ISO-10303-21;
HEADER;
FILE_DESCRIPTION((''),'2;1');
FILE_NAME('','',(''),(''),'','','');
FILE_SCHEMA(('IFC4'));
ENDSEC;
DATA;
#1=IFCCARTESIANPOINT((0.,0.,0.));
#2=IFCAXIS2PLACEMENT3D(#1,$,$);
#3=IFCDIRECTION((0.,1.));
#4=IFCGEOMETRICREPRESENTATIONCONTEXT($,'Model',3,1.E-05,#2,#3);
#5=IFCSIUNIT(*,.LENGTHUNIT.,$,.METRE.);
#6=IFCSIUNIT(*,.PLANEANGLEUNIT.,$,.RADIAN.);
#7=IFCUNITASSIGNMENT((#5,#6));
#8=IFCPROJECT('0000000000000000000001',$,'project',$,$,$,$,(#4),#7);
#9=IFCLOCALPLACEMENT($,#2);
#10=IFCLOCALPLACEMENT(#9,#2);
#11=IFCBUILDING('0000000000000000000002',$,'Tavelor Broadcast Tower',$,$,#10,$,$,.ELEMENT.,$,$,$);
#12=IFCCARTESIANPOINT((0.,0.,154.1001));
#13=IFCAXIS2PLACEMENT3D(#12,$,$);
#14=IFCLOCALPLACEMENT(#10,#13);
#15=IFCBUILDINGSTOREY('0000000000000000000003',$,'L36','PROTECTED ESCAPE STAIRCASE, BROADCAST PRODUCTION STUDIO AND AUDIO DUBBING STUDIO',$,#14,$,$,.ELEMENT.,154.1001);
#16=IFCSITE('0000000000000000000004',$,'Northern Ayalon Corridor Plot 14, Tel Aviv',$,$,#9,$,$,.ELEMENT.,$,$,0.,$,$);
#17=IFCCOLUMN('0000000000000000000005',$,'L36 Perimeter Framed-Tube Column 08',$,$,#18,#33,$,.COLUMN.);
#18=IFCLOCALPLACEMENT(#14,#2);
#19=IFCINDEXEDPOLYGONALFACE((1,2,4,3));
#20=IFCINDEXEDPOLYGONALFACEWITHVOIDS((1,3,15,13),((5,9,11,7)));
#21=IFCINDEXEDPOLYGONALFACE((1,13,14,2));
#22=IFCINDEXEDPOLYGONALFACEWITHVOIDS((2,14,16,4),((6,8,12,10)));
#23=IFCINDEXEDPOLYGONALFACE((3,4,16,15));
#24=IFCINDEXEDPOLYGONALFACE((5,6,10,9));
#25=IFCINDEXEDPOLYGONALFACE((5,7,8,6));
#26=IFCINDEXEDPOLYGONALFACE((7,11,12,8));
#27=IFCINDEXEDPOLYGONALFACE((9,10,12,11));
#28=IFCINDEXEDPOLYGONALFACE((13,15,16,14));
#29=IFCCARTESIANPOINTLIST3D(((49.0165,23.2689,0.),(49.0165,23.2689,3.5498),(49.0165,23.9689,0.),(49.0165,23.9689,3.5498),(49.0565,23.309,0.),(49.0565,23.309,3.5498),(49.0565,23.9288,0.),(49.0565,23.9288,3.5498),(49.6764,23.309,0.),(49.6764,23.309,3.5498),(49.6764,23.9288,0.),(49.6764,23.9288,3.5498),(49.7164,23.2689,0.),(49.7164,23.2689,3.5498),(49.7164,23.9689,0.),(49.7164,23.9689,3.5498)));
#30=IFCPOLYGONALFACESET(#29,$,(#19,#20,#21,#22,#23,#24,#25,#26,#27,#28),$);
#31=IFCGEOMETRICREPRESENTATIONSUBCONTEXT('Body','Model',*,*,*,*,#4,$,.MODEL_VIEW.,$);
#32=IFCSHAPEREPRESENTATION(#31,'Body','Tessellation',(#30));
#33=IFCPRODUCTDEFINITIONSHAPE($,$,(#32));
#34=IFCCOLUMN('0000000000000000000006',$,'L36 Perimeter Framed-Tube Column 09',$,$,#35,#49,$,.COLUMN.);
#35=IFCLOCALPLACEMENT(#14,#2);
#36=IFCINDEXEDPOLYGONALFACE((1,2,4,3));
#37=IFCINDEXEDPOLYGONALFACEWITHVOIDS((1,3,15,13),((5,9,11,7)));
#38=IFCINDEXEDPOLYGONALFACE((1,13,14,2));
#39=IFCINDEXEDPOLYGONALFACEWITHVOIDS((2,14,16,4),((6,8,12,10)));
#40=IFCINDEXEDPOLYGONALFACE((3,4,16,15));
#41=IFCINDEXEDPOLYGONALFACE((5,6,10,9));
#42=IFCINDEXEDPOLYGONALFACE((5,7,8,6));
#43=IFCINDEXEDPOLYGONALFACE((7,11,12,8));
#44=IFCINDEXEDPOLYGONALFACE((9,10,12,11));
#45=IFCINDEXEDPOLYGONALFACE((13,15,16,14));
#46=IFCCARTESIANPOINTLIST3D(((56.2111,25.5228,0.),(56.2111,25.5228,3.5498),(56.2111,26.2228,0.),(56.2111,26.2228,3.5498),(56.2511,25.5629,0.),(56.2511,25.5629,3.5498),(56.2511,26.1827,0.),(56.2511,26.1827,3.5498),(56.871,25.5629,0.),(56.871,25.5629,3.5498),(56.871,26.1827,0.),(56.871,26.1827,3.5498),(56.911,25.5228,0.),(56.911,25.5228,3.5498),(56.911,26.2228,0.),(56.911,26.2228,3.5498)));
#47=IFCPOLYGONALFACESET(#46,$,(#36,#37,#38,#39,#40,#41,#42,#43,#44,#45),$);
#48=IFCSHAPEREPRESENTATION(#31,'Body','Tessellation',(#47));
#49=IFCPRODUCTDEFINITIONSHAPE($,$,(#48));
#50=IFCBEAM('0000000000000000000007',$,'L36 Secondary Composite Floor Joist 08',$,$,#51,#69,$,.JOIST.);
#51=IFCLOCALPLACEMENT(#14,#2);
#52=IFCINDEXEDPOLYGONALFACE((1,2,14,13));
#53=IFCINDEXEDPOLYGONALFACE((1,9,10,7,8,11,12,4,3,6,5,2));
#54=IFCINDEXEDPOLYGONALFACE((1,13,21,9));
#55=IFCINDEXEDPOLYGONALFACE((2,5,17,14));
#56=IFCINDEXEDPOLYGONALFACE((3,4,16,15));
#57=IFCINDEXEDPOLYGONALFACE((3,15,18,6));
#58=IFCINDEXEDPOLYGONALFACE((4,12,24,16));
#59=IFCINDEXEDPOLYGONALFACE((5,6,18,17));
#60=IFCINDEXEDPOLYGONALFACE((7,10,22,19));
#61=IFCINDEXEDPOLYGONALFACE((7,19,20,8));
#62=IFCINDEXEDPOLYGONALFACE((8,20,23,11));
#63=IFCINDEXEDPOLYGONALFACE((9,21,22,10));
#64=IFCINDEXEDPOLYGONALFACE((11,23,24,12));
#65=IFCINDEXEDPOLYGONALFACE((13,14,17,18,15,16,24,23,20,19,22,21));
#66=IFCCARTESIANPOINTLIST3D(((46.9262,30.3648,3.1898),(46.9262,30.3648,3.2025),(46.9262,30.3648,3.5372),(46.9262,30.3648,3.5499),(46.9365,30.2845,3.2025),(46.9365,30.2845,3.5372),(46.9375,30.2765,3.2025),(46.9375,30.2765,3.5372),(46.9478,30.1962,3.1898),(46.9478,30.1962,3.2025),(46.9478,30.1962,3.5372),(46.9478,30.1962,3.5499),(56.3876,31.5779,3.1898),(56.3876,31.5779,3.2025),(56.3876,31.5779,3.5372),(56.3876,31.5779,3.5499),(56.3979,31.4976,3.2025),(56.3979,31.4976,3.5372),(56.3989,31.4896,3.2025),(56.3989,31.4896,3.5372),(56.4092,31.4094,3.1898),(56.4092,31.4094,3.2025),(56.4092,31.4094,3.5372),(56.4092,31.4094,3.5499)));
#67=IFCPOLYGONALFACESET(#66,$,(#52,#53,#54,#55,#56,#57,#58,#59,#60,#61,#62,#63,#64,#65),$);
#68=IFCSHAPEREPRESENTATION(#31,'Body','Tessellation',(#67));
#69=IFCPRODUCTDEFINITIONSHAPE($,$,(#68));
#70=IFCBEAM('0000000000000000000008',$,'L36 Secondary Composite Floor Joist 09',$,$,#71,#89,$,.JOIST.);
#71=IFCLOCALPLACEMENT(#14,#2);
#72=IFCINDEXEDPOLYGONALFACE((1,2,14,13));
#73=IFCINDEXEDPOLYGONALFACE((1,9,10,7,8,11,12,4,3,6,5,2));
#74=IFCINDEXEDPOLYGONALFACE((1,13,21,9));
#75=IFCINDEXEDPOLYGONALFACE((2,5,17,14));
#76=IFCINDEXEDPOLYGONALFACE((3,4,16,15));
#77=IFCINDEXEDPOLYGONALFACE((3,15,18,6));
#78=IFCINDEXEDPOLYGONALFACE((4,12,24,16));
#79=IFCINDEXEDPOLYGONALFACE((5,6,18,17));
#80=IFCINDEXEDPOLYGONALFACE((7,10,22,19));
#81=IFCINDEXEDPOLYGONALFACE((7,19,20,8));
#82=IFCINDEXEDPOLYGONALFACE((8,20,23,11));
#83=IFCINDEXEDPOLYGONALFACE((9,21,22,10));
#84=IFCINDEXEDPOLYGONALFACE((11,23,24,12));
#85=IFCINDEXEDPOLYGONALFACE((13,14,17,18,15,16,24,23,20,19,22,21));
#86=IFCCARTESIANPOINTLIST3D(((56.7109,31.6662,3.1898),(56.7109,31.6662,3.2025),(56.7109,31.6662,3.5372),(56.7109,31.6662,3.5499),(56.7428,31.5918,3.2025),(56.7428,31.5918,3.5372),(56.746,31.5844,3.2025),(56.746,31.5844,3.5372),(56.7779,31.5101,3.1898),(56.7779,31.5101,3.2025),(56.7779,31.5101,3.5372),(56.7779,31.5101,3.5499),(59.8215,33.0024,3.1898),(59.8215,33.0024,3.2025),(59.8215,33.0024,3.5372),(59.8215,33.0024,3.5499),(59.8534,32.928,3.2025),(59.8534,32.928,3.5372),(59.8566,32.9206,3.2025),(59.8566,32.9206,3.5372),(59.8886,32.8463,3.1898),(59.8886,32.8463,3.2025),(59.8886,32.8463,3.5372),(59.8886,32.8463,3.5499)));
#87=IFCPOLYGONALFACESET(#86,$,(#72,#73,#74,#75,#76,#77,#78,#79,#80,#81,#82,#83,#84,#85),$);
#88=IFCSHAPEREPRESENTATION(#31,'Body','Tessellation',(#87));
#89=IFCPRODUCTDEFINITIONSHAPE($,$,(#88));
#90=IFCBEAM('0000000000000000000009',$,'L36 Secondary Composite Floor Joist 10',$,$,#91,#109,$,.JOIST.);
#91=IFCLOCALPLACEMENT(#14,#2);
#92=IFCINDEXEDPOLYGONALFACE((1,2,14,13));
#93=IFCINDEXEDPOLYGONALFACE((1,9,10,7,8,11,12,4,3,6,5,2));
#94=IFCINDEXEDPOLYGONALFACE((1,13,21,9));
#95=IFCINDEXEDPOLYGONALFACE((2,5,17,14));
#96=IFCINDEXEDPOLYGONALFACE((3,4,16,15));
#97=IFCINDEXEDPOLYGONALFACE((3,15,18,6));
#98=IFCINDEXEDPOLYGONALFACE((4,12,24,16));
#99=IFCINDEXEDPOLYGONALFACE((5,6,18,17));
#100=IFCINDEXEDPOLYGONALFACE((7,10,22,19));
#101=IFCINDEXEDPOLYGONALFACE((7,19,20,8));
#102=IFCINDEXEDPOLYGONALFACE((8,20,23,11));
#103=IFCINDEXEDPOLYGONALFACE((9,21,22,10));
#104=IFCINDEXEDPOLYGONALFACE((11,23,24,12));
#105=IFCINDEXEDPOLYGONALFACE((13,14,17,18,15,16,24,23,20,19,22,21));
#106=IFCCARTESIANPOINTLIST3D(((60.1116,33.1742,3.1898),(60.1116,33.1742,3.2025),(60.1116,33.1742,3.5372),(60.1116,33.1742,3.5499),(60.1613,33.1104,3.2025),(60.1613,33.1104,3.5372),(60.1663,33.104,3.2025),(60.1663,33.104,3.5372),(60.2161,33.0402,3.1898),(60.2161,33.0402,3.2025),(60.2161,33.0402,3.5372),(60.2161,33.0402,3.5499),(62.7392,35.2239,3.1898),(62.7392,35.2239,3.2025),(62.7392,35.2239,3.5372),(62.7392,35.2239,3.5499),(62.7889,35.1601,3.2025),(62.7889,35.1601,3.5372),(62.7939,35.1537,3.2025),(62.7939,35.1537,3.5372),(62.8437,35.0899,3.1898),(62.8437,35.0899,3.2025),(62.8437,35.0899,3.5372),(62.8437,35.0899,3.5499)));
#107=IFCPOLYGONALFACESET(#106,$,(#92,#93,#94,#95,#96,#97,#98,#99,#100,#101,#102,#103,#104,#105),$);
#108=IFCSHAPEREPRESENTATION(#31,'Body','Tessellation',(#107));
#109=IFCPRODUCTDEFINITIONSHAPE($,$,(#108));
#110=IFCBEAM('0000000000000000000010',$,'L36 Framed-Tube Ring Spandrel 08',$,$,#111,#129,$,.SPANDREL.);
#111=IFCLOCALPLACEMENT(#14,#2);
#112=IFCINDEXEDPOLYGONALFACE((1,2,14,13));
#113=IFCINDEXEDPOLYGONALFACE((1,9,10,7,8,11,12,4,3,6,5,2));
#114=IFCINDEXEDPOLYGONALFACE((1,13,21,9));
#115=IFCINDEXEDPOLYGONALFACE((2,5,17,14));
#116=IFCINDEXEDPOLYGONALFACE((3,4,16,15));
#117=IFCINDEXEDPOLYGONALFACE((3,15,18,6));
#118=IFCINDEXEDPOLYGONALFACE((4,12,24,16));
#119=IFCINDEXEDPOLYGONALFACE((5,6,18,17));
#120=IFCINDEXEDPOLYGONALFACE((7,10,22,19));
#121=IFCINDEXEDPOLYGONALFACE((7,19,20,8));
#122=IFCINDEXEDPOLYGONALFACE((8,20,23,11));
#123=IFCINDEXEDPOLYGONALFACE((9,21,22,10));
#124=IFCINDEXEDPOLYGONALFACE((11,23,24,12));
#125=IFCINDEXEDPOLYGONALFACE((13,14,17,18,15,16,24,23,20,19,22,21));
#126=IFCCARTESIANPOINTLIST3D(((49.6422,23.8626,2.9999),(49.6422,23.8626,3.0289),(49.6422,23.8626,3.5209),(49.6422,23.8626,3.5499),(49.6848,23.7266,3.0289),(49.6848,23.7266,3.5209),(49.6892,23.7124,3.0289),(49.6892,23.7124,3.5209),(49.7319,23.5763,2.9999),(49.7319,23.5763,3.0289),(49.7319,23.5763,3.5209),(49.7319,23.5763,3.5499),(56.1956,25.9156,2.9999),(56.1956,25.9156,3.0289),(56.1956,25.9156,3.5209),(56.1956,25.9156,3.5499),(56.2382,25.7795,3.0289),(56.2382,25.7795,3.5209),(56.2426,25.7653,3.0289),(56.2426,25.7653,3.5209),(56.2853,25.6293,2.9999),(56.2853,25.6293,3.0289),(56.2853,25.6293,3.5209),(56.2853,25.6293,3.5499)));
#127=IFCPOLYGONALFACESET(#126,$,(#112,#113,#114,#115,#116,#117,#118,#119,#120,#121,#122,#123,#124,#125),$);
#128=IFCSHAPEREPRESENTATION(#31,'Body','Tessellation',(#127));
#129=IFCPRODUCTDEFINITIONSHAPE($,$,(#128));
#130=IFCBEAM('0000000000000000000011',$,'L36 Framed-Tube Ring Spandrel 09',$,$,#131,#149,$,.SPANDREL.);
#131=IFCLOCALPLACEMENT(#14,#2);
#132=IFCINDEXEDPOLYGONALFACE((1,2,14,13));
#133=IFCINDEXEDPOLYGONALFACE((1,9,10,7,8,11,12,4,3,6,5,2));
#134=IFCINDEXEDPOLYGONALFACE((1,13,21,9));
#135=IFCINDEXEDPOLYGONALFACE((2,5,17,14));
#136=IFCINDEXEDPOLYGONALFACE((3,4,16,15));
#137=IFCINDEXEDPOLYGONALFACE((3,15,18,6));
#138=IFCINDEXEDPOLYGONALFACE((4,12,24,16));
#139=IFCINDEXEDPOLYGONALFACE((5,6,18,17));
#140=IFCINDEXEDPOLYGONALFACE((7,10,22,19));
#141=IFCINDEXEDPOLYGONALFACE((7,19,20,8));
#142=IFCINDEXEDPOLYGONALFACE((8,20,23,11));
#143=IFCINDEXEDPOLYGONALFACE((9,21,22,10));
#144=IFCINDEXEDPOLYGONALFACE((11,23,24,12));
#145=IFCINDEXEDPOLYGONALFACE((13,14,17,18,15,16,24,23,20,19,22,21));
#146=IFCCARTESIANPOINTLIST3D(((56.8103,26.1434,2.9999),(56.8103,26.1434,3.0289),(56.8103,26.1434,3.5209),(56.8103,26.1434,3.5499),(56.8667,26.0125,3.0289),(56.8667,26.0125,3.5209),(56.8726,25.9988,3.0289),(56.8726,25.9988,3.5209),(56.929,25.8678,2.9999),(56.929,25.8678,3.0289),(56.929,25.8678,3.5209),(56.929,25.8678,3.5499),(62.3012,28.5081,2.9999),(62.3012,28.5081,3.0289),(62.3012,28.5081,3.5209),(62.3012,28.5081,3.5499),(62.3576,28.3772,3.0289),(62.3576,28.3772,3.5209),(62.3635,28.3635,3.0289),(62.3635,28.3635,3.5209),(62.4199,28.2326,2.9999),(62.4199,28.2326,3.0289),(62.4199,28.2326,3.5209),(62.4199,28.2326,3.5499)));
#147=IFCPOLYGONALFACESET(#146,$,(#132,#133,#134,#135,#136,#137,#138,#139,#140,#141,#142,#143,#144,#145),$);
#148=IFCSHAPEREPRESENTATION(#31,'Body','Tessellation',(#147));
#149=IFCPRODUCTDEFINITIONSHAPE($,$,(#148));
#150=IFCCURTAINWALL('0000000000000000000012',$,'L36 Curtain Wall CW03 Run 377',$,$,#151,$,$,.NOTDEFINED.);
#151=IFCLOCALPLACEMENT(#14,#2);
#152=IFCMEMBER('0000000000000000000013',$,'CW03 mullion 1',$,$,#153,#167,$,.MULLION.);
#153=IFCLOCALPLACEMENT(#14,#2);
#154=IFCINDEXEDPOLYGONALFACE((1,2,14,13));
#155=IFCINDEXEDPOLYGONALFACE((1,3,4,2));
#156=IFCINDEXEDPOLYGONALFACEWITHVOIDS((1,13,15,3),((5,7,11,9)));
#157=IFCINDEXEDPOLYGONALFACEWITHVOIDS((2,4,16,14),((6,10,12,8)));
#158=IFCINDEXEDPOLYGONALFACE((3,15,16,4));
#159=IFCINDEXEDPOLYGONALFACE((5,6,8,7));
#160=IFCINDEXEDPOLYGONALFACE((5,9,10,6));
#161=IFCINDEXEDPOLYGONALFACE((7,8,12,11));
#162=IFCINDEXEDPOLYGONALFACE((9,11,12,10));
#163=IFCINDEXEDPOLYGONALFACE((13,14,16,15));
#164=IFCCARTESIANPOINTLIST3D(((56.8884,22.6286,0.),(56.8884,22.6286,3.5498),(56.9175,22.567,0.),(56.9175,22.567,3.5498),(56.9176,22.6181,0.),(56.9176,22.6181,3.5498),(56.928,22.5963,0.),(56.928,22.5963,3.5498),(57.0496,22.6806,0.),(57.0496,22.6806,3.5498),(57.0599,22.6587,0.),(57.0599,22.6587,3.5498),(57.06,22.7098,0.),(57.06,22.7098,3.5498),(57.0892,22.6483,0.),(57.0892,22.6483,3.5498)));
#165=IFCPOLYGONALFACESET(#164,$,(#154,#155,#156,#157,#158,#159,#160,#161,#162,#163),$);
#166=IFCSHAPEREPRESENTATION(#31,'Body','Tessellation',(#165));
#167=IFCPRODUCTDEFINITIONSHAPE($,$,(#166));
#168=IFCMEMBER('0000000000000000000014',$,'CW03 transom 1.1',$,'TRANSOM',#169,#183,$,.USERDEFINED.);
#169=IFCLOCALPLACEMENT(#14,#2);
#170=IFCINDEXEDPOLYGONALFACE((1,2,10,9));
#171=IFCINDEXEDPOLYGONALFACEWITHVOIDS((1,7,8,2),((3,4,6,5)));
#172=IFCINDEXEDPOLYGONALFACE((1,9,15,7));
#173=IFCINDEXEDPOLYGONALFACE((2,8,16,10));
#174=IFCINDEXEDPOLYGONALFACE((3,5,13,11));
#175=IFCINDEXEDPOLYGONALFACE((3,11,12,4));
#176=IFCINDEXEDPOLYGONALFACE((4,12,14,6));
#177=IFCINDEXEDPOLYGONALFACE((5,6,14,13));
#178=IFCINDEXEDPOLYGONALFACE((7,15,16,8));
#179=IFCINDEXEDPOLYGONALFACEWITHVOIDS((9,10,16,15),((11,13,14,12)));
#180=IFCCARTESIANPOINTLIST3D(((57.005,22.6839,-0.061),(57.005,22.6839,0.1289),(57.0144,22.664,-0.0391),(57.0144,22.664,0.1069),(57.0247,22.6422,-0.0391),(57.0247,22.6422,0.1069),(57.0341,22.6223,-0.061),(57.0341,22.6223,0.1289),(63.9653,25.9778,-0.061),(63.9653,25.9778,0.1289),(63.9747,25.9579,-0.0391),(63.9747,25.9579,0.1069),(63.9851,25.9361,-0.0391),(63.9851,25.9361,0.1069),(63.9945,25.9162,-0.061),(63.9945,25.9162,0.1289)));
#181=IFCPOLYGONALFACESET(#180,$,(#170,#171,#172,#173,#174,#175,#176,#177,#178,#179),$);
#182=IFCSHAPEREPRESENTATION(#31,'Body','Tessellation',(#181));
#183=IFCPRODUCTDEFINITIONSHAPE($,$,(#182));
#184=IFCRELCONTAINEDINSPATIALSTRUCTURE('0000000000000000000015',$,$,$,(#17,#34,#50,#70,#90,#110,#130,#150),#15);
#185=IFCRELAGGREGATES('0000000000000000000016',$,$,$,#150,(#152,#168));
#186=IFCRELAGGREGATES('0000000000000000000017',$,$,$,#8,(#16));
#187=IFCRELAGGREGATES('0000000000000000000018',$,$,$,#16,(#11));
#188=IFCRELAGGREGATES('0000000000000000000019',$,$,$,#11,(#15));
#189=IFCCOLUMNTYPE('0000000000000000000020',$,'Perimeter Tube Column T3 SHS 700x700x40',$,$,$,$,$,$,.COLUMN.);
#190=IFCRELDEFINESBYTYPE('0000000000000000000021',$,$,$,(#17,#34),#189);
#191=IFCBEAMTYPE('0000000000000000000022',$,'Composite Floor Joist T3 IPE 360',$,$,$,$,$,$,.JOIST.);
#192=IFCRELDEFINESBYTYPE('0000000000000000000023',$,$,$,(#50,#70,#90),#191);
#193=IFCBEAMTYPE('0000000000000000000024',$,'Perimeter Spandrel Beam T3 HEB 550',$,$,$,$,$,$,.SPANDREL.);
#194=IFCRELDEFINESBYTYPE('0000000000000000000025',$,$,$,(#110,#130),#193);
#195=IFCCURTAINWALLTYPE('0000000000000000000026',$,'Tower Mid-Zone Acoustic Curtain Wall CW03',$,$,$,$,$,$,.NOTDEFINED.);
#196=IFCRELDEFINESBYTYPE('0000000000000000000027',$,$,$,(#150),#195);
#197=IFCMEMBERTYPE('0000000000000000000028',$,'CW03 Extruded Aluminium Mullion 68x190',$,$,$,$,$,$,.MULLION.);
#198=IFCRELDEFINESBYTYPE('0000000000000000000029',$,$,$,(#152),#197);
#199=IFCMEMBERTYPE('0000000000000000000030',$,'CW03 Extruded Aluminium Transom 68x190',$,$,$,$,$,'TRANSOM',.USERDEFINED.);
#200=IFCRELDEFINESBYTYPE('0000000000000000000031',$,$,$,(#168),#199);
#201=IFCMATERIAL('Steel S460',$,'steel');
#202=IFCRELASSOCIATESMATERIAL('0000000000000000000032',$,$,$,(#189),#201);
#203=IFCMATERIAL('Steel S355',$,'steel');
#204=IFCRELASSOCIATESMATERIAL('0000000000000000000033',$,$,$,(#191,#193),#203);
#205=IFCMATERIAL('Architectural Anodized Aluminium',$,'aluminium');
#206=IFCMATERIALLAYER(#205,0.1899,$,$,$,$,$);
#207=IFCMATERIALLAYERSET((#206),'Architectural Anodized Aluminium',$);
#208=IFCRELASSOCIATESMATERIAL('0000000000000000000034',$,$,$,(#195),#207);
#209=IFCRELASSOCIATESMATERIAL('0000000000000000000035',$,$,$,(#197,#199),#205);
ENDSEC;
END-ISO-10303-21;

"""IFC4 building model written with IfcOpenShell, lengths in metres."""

from ifc_helpers import new_model, si_unit, direction, frame, origin, origin_2d, place, context, subcontext, project, spatial, hollow_rectangle, i_section, extrude, source, transform, mapped, material, layer, layer_set, material_profile, profile_set, type_object, type_shapes, element, aggregate, save


model = new_model("IFC4")

# Units and contexts
model_context = context("Model", 3, precision=1e-05, world=origin(), true_north=direction((0.0, 1.0)))
body_context = subcontext(model_context, "Body", "Model", "MODEL_VIEW")
ifc_project = project(units=[si_unit("LENGTHUNIT", "METRE"), si_unit("PLANEANGLEUNIT", "RADIAN")], contexts=[model_context])

# Site, building, storey
site_placement = place(None, origin())
site = spatial("IfcSite", under=ifc_project, at=site_placement, Name="Northern Ayalon Corridor Plot 14, Tel Aviv", CompositionType="ELEMENT", RefElevation=0.0)
building_placement = place(site_placement, origin())
building = spatial("IfcBuilding", under=site, at=building_placement, Name="Tavelor Broadcast Tower", CompositionType="ELEMENT")
storey_placement = place(building_placement, frame((0.0, 0.0, 154.1001)))
storey = spatial("IfcBuildingStorey", under=building, at=storey_placement, Name="L36", Description="PROTECTED ESCAPE STAIRCASE, BROADCAST PRODUCTION STUDIO AND AUDIO DUBBING STUDIO", CompositionType="ELEMENT", Elevation=154.1001)

# Columns
ifc_material_1 = material(Name="Steel S460", Category="steel")
ifc_material_profile_1 = material_profile(ifc_material_1, hollow_rectangle(XDim=0.7, YDim=0.7, WallThickness=0.04, at=origin_2d()), Name="SHS 700x700x40")
ifc_profile_set_1 = profile_set([ifc_material_profile_1], Name="Steel S460")
column_type = type_object("IfcColumnType", Name="Perimeter Tube Column T3 SHS 700x700x40", PredefinedType="COLUMN", material=ifc_profile_set_1)
for number, where, z_axis, x_axis, name in (
    (1, (49.3665, 23.6189, 0.0), (0.0, 0.0, 1.0), (1.0, 0.0, 0.0), "L36 Perimeter Framed-Tube Column 08"),
    (2, (56.561, 25.8728, 0.0), (0.0, 0.0, 1.0), (1.0, 0.0, 0.0), "L36 Perimeter Framed-Tube Column 09"),
):
    element("IfcColumn", number, at=place(storey_placement, frame(where, z_axis=z_axis, x_axis=x_axis)), inside=storey, type_object=column_type, Name=name, PredefinedType="COLUMN", context=body_context, shape_type="SweptSolid", body=[
        extrude(hollow_rectangle(XDim=0.7, YDim=0.7, WallThickness=0.04, at=origin_2d()), origin(), (0.0, 0.0, 1.0), 3.5498),
    ])

# Beams
ifc_material_2 = material(Name="Steel S355", Category="steel")
ifc_material_profile_2 = material_profile(ifc_material_2, i_section(OverallWidth=0.1699, OverallDepth=0.3601, WebThickness=0.0081, FlangeThickness=0.0127, at=origin_2d()), Name="IPE 360")
ifc_profile_set_2 = profile_set([ifc_material_profile_2], Name="Steel S355")
beam_type_1 = type_object("IfcBeamType", Name="Composite Floor Joist T3 IPE 360", PredefinedType="JOIST", material=ifc_profile_set_2)
beam_1_placement = place(storey_placement, frame((46.937, 30.2805, 3.3699), z_axis=(0.99188, 0.127178, 0.0), x_axis=(-0.127178, 0.99188, 0.0)))
element("IfcBeam", 3, at=beam_1_placement, inside=storey, type_object=beam_type_1, Name="L36 Secondary Composite Floor Joist 08", PredefinedType="JOIST", context=body_context, shape_type="SweptSolid", body=[
    extrude(i_section(OverallWidth=0.1699, OverallDepth=0.3601, WebThickness=0.0081, FlangeThickness=0.0127, at=origin_2d()), origin(), (0.0, 0.0, 1.0), 9.5388),
])
beam_2_placement = place(storey_placement, frame((56.7444, 31.5881, 3.3699), z_axis=(0.918816, 0.394685, 0.0), x_axis=(-0.394685, 0.918816, 0.0)))
element("IfcBeam", 4, at=beam_2_placement, inside=storey, type_object=beam_type_1, Name="L36 Secondary Composite Floor Joist 09", PredefinedType="JOIST", context=body_context, shape_type="SweptSolid", body=[
    extrude(i_section(OverallWidth=0.1699, OverallDepth=0.3601, WebThickness=0.0081, FlangeThickness=0.0127, at=origin_2d()), origin(), (0.0, 0.0, 1.0), 3.3855),
])
beam_3_placement = place(storey_placement, frame((60.1638, 33.1072, 3.3699), z_axis=(0.788472, 0.615071, 0.0), x_axis=(-0.615071, 0.788472, 0.0)))
element("IfcBeam", 5, at=beam_3_placement, inside=storey, type_object=beam_type_1, Name="L36 Secondary Composite Floor Joist 10", PredefinedType="JOIST", context=body_context, shape_type="SweptSolid", body=[
    extrude(i_section(OverallWidth=0.1699, OverallDepth=0.3601, WebThickness=0.0081, FlangeThickness=0.0127, at=origin_2d()), origin(), (0.0, 0.0, 1.0), 3.3325),
])
ifc_material_profile_3 = material_profile(ifc_material_2, i_section(OverallWidth=0.3, OverallDepth=0.55, WebThickness=0.0149, FlangeThickness=0.0291, at=origin_2d()), Name="HEB 550")
ifc_profile_set_3 = profile_set([ifc_material_profile_3], Name="Steel S355")
beam_type_2 = type_object("IfcBeamType", Name="Perimeter Spandrel Beam T3 HEB 550", PredefinedType="SPANDREL", material=ifc_profile_set_3)
beam_4_placement = place(storey_placement, frame((49.687, 23.7195, 3.2749), z_axis=(0.954272, 0.298941, 0.0), x_axis=(-0.298941, 0.954272, 0.0)))
element("IfcBeam", 6, at=beam_4_placement, inside=storey, type_object=beam_type_2, Name="L36 Framed-Tube Ring Spandrel 08", PredefinedType="SPANDREL", context=body_context, shape_type="SweptSolid", body=[
    extrude(i_section(OverallWidth=0.3, OverallDepth=0.55, WebThickness=0.0149, FlangeThickness=0.0291, at=origin_2d()), origin(), (0.0, 0.0, 1.0), 6.8674),
])
beam_5_placement = place(storey_placement, frame((56.8696, 26.0056, 3.2749), z_axis=(0.918449, 0.39554, 0.0), x_axis=(-0.39554, 0.918449, 0.0)))
element("IfcBeam", 7, at=beam_5_placement, inside=storey, type_object=beam_type_2, Name="L36 Framed-Tube Ring Spandrel 09", PredefinedType="SPANDREL", context=body_context, shape_type="SweptSolid", body=[
    extrude(i_section(OverallWidth=0.3, OverallDepth=0.55, WebThickness=0.0149, FlangeThickness=0.0291, at=origin_2d()), origin(), (0.0, 0.0, 1.0), 5.9785),
])

# Curtain wall, members
ifc_material_3 = material(Name="Architectural Anodized Aluminium", Category="aluminium")
ifc_layer_1 = layer(ifc_material_3, 0.1899)
ifc_layer_set_1 = layer_set([ifc_layer_1], Name="Architectural Anodized Aluminium")
curtain_wall_type = type_object("IfcCurtainWallType", Name="Tower Mid-Zone Acoustic Curtain Wall CW03", PredefinedType="NOTDEFINED", material=ifc_layer_set_1)
curtain_wall_placement = place(storey_placement, origin())
curtain_wall = element("IfcCurtainWall", 8, at=curtain_wall_placement, inside=storey, type_object=curtain_wall_type, Name="L36 Curtain Wall CW03 Run 377", PredefinedType="NOTDEFINED")
ifc_material_profile_4 = material_profile(ifc_material_3, hollow_rectangle(XDim=0.0681, YDim=0.1899, WallThickness=0.022, at=origin_2d()), Name="RHS 68x190x22")
ifc_profile_set_4 = profile_set([ifc_material_profile_4], Name="Architectural Anodized Aluminium")
member_type_1 = type_object("IfcMemberType", Name="CW03 Extruded Aluminium Mullion 68x190", PredefinedType="MULLION", material=ifc_profile_set_4)
shared_shape_1 = source(origin(), body_context, "Body", "SweptSolid", [
    extrude(hollow_rectangle(XDim=0.0681, YDim=0.1899, WallThickness=0.022, at=origin_2d()), origin(), (0.0, 0.0, 1.0), 3.5498),
])
type_shapes(member_type_1, [shared_shape_1])
member_1_placement = place(storey_placement, frame((56.9888, 22.6384, 0.0), z_axis=(0.0, 0.0, 1.0), x_axis=(-0.427743, 0.9039, 0.0)))
member_1 = element("IfcMember", 9, at=member_1_placement, type_object=member_type_1, Name="CW03 mullion 1", PredefinedType="MULLION", context=body_context, shape_type="MappedRepresentation", body=[
    mapped(shared_shape_1, transform((0.0, 0.0, 0.0), scale=1.0)),
])
ifc_material_profile_5 = material_profile(ifc_material_3, hollow_rectangle(XDim=0.0681, YDim=0.1899, WallThickness=0.022, at=origin_2d()), Name="RHS 68x190x22")
ifc_profile_set_5 = profile_set([ifc_material_profile_5], Name="Architectural Anodized Aluminium")
member_type_2 = type_object("IfcMemberType", Name="CW03 Extruded Aluminium Transom 68x190", ElementType="TRANSOM", PredefinedType="USERDEFINED", material=ifc_profile_set_5)
shared_shape_2 = source(origin(), body_context, "Body", "SweptSolid", [
    extrude(hollow_rectangle(XDim=0.0681, YDim=0.1899, WallThickness=0.022, at=origin_2d()), origin(), (0.0, 0.0, 1.0), 7.7004),
])
type_shapes(member_type_2, [shared_shape_2])
member_2_placement = place(storey_placement, frame((57.0195, 22.6531, 0.0339), z_axis=(0.903894, 0.427757, 0.0), x_axis=(-0.427757, 0.903894, 0.0)))
member_2 = element("IfcMember", 10, at=member_2_placement, type_object=member_type_2, Name="CW03 transom 1.1", ObjectType="TRANSOM", PredefinedType="USERDEFINED", context=body_context, shape_type="MappedRepresentation", body=[
    mapped(shared_shape_2, transform((0.0, 0.0, 0.0), scale=1.0)),
])

aggregate(curtain_wall, [member_1, member_2])

save(model, "model.ifc")
